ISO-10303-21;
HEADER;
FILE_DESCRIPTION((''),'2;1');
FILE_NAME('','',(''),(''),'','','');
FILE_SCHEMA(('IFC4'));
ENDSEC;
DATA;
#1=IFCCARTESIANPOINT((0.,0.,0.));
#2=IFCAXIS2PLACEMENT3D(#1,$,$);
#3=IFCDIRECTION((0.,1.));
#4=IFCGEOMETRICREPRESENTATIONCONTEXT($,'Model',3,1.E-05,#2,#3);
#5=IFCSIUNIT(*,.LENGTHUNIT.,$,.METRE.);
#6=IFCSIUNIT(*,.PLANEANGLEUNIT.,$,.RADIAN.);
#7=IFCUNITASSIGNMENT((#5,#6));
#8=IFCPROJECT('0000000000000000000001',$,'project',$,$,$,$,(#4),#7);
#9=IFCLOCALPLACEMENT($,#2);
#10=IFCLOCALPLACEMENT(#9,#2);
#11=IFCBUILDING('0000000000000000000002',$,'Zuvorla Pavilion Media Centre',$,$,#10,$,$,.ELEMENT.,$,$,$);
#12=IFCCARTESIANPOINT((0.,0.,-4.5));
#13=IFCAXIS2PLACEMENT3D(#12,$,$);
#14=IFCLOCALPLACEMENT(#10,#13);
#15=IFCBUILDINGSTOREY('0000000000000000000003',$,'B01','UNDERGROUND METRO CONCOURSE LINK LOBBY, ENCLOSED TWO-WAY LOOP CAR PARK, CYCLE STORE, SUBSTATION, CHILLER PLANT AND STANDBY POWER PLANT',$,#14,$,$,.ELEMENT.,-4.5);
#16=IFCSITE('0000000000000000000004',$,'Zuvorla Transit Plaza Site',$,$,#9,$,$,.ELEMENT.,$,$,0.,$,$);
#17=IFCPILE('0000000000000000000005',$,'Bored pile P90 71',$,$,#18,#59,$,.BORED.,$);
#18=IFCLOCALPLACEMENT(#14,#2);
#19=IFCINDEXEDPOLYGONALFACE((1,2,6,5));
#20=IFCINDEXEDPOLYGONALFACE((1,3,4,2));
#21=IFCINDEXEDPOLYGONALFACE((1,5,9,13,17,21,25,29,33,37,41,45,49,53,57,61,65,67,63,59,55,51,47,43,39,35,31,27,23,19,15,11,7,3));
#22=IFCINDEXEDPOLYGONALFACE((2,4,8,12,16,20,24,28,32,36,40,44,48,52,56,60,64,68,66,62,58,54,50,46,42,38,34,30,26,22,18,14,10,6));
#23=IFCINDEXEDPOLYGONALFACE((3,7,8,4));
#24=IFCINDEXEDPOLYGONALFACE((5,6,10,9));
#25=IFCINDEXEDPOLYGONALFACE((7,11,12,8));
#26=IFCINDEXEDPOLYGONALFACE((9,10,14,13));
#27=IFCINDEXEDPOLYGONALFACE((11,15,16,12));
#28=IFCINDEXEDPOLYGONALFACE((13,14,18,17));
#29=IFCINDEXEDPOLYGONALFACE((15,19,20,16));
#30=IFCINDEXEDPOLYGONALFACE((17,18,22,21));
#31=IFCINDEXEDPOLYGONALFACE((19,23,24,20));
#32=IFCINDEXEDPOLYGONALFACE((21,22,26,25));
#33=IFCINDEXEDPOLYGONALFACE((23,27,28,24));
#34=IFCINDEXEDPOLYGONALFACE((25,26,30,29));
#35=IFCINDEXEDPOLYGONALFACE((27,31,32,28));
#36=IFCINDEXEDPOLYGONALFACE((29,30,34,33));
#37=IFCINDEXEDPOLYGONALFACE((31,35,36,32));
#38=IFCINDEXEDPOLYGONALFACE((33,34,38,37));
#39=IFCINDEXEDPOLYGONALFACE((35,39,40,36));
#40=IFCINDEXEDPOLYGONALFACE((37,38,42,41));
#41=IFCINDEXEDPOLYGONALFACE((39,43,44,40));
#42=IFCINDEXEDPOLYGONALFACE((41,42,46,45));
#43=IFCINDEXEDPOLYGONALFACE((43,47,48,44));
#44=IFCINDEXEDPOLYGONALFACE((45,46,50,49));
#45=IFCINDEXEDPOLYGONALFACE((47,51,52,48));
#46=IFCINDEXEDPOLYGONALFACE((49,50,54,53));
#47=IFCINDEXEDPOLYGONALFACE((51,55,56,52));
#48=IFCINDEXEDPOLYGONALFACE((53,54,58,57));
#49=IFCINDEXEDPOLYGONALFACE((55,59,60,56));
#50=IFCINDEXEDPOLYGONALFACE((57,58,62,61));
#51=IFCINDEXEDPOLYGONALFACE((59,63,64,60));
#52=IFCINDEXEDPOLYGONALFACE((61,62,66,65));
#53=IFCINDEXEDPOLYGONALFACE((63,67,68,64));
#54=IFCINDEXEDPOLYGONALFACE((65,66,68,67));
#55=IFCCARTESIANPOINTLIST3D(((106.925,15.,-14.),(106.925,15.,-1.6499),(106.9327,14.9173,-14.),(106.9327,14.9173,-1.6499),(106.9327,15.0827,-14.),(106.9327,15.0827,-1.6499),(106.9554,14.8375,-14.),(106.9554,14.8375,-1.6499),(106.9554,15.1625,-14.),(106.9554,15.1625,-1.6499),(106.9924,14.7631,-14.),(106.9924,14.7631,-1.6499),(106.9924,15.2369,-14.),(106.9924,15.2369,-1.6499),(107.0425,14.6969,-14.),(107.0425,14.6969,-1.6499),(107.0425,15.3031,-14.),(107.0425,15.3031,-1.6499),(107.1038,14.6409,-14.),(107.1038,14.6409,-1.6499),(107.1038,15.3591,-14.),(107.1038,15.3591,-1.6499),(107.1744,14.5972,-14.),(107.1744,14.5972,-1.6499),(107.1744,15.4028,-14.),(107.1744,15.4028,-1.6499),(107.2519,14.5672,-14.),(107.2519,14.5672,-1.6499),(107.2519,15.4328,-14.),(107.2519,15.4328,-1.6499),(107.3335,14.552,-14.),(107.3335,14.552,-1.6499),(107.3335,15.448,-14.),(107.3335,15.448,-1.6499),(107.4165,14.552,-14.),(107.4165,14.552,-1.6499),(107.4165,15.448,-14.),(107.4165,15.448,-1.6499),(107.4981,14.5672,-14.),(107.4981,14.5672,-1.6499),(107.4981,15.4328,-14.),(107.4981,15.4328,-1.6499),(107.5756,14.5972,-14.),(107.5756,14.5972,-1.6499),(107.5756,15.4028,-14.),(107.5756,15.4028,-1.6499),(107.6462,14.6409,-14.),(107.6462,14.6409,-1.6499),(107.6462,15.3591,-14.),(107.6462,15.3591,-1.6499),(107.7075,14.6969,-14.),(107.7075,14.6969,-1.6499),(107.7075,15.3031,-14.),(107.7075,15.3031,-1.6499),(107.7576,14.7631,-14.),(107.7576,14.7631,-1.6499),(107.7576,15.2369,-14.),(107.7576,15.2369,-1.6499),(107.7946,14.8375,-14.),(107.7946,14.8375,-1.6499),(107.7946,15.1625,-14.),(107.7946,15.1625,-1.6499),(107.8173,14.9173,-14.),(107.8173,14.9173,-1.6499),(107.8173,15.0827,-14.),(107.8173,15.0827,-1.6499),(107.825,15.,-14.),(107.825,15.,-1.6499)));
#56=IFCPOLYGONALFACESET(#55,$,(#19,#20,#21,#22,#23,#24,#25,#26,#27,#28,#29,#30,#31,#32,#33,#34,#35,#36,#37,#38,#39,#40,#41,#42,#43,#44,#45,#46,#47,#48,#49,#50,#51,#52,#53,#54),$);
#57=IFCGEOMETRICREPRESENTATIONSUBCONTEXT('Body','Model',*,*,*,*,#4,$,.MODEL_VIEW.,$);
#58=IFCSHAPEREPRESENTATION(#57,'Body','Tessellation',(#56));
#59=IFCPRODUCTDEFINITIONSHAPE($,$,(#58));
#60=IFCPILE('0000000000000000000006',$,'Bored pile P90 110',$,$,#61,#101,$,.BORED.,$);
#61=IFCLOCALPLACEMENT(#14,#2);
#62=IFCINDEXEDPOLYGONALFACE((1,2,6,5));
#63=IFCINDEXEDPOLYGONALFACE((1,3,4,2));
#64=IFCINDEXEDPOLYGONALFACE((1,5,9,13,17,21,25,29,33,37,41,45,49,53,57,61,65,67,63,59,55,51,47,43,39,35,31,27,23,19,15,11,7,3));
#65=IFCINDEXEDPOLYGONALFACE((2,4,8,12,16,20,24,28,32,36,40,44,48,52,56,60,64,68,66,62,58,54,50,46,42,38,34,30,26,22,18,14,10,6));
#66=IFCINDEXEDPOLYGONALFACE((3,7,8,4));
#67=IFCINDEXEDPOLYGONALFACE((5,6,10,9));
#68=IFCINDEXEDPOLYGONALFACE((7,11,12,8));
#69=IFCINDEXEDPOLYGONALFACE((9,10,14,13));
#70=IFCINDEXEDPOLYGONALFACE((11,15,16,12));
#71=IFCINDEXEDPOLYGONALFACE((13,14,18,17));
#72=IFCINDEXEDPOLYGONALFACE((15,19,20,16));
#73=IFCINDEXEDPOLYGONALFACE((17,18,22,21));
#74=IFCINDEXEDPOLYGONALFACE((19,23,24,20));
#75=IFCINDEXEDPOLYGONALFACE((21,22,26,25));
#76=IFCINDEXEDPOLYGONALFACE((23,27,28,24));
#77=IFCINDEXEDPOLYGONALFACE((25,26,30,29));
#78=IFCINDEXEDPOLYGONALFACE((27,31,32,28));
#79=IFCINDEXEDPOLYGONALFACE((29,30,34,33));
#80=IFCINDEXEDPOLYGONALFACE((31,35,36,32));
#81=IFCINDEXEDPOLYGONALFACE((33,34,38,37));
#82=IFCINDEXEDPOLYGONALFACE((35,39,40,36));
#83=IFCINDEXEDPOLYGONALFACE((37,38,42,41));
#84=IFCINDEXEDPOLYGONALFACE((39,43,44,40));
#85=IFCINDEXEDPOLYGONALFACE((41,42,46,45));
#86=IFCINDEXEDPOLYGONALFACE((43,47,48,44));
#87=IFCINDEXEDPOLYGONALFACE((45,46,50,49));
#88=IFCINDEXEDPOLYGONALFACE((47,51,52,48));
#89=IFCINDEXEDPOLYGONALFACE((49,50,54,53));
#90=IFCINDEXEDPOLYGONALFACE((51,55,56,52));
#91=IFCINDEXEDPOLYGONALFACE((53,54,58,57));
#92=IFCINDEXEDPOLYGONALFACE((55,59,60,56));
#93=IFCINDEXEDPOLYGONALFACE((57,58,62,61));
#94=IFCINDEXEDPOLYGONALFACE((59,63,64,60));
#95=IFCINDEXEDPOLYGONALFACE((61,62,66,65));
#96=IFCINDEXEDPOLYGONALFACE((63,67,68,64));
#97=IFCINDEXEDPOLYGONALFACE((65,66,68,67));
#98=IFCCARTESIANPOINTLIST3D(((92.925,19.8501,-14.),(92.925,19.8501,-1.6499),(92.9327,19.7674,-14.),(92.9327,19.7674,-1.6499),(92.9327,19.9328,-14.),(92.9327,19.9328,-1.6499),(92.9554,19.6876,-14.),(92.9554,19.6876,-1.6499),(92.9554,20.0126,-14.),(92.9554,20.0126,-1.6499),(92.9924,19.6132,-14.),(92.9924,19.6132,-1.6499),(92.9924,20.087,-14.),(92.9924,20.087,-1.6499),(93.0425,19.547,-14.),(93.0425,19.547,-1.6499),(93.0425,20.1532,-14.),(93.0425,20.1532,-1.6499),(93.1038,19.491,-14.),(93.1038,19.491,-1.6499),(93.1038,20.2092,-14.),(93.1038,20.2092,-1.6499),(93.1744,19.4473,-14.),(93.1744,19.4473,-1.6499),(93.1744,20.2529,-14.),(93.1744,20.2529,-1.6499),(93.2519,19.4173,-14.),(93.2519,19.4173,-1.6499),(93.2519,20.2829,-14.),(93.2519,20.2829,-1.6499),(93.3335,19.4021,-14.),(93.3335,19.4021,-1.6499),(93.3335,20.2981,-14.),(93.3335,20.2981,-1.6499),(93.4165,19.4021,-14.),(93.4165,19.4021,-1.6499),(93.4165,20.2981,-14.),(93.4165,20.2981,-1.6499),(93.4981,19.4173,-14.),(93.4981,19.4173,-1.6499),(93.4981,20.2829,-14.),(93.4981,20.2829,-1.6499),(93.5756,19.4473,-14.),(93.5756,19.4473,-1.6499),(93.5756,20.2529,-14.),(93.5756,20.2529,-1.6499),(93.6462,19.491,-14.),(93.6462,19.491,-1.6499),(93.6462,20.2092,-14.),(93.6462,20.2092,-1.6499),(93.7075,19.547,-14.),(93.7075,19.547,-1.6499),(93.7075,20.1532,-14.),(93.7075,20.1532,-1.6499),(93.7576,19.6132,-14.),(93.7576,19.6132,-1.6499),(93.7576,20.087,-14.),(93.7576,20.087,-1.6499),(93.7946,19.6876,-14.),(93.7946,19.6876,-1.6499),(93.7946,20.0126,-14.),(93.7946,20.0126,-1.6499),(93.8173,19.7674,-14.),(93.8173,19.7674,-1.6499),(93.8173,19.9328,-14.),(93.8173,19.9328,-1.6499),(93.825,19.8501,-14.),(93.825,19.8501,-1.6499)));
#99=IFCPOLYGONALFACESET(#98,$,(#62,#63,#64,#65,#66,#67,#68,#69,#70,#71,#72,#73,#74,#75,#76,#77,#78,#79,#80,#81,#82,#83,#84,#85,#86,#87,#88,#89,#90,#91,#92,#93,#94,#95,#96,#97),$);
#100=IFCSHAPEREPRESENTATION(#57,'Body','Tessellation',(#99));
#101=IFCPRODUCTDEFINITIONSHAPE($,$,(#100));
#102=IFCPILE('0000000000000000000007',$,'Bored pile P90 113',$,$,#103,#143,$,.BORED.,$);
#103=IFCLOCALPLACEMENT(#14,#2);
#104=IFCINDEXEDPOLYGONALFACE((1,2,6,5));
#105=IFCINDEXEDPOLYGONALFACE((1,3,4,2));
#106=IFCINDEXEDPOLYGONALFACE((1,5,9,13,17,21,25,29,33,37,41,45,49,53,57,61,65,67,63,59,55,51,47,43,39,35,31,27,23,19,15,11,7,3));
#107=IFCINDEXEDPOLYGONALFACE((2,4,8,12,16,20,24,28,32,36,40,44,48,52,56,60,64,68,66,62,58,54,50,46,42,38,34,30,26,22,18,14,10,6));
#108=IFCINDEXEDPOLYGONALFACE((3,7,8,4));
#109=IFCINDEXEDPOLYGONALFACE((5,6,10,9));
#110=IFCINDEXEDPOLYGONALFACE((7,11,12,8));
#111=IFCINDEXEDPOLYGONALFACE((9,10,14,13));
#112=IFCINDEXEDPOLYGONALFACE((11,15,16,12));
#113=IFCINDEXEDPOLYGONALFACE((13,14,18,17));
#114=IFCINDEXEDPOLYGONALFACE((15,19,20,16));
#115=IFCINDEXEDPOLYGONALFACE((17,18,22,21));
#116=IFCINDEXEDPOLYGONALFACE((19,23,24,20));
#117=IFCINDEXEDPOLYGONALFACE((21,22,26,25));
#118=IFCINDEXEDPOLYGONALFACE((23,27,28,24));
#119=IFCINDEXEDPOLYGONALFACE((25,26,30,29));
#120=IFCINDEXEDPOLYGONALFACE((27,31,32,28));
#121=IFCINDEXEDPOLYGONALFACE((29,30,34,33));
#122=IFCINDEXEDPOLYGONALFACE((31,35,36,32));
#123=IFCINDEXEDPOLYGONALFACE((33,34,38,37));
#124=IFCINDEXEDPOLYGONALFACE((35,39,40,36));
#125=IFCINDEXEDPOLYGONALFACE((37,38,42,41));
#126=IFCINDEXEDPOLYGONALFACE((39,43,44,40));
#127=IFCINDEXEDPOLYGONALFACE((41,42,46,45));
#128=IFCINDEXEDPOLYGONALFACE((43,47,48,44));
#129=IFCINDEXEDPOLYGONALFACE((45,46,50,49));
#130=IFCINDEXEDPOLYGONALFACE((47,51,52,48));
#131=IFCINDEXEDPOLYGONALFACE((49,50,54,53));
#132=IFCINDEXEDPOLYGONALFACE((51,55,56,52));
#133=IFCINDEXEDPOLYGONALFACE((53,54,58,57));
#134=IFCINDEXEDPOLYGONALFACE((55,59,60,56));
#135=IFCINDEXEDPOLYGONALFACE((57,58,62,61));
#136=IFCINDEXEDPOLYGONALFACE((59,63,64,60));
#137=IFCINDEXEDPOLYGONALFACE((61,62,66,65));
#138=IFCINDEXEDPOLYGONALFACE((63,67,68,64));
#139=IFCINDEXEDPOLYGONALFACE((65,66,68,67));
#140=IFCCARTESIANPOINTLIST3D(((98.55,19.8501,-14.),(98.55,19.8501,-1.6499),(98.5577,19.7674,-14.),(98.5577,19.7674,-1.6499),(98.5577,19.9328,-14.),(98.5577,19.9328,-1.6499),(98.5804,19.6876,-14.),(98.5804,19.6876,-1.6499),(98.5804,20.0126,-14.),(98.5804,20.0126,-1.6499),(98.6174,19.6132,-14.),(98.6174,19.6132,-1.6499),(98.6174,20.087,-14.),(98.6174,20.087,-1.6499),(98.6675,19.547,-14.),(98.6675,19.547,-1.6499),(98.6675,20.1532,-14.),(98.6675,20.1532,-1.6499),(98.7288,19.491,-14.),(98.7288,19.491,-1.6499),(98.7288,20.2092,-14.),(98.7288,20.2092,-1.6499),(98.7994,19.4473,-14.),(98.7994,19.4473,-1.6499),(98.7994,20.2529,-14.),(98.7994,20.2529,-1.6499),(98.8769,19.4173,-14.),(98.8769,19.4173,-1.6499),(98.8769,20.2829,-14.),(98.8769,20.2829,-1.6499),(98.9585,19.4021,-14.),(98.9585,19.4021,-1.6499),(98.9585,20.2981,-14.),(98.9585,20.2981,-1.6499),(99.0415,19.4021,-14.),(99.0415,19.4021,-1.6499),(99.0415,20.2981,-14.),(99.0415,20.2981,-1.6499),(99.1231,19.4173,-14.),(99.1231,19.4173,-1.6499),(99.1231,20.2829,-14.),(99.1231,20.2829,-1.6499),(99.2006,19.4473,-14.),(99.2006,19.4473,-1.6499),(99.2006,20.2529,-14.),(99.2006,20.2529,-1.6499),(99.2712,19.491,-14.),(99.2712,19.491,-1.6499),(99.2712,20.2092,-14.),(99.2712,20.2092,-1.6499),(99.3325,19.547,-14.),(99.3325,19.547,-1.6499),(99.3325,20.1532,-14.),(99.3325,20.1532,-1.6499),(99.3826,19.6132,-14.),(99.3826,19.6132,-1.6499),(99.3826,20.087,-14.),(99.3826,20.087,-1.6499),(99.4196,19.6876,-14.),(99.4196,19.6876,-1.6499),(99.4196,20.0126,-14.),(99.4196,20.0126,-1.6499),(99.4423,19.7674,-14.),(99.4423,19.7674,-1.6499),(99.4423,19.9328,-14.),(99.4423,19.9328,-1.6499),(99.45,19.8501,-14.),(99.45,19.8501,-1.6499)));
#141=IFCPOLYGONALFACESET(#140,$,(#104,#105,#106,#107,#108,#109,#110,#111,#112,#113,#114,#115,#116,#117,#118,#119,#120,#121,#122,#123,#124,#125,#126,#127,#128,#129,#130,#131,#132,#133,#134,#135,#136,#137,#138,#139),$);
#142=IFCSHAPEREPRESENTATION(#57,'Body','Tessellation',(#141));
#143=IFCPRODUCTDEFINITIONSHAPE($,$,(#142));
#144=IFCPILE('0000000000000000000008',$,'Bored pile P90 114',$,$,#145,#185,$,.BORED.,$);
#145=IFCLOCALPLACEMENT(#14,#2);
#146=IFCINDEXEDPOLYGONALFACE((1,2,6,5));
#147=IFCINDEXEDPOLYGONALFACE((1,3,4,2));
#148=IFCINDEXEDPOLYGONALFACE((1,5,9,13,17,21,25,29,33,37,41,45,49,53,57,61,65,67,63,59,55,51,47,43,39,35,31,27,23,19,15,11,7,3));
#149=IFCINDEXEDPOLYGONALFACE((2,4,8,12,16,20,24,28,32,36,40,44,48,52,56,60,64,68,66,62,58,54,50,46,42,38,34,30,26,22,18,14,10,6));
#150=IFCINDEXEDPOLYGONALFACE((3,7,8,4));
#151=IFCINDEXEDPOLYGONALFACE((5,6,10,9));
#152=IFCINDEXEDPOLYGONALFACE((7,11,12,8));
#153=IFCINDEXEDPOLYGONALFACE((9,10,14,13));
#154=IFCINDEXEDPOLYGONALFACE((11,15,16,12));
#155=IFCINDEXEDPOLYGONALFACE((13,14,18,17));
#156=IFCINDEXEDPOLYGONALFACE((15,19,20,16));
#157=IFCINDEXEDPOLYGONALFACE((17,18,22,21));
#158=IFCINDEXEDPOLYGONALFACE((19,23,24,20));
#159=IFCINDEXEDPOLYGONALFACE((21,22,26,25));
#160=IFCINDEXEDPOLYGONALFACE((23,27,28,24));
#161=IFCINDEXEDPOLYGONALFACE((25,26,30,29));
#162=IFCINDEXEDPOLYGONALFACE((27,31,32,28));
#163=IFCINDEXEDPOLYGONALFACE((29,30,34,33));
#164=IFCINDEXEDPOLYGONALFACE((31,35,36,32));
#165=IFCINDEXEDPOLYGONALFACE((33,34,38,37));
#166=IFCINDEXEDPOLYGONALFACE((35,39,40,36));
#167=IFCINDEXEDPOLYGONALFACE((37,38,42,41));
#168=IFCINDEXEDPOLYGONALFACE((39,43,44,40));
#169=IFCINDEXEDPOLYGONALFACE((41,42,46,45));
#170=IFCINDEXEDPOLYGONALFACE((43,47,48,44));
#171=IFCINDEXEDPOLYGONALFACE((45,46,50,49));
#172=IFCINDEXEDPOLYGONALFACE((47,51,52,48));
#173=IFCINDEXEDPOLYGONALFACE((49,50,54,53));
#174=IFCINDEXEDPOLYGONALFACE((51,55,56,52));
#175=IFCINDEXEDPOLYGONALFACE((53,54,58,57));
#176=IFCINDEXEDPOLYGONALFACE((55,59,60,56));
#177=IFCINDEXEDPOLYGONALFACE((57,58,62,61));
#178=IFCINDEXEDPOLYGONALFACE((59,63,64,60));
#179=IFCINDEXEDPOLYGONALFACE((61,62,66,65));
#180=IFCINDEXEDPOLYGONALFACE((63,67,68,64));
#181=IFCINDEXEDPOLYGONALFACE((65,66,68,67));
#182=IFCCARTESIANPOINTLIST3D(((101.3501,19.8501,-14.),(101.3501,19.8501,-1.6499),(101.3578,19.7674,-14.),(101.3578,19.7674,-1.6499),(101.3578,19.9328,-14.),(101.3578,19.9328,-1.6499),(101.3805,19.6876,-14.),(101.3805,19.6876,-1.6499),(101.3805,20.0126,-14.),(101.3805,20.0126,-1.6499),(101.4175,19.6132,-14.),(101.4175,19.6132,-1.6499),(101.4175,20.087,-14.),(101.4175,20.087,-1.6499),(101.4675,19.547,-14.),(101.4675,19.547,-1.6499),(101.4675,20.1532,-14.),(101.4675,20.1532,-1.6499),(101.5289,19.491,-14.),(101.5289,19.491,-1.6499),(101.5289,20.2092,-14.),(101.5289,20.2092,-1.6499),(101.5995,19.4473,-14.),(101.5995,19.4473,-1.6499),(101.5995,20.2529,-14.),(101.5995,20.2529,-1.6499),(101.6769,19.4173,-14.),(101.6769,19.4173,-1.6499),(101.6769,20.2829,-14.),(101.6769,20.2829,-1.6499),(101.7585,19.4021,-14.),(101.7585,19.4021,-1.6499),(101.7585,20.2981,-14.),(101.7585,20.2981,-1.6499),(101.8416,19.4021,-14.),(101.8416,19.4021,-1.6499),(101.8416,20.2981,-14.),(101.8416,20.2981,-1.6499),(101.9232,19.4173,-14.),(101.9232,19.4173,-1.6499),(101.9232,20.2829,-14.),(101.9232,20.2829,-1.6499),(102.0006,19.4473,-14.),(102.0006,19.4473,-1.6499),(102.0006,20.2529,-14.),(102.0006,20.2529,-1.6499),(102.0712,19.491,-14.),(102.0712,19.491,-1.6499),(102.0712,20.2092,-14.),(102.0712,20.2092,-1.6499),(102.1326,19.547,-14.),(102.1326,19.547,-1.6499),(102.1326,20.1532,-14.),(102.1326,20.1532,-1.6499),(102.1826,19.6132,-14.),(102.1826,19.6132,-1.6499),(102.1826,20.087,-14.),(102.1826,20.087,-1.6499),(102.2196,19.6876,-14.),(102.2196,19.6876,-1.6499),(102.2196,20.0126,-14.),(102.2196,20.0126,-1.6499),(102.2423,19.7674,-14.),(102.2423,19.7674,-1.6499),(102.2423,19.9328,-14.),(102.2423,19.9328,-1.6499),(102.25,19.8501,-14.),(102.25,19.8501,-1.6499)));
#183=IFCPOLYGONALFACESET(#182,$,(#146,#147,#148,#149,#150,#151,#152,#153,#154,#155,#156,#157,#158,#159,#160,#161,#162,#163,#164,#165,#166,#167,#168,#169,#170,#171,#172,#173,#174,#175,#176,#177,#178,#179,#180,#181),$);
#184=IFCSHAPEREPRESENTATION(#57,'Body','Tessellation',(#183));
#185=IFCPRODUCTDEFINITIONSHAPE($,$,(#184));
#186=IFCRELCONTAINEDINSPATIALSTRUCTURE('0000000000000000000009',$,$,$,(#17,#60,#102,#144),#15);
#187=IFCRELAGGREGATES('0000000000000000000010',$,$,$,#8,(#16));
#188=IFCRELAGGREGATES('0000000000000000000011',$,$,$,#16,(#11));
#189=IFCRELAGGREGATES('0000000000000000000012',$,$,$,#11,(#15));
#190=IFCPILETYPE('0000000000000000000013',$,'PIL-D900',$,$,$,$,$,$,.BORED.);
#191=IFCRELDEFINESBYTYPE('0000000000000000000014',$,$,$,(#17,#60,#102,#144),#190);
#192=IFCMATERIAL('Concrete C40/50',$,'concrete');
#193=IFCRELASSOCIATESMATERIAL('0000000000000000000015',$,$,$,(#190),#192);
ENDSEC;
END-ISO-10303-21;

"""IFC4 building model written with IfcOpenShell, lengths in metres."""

from ifc_helpers import new_model, si_unit, direction, frame, origin, origin_2d, place, context, subcontext, project, spatial, circle, extrude, material, material_profile, profile_set, type_object, element, save


model = new_model("IFC4")

# Units and contexts
model_context = context("Model", 3, precision=1e-05, world=origin(), true_north=direction((0.0, 1.0)))
body_context = subcontext(model_context, "Body", "Model", "MODEL_VIEW")
ifc_project = project(units=[si_unit("LENGTHUNIT", "METRE"), si_unit("PLANEANGLEUNIT", "RADIAN")], contexts=[model_context])

# Site, building, storey
site_placement = place(None, origin())
site = spatial("IfcSite", under=ifc_project, at=site_placement, Name="Zuvorla Transit Plaza Site", CompositionType="ELEMENT", RefElevation=0.0)
building_placement = place(site_placement, origin())
building = spatial("IfcBuilding", under=site, at=building_placement, Name="Zuvorla Pavilion Media Centre", CompositionType="ELEMENT")
storey_placement = place(building_placement, frame((0.0, 0.0, -4.5)))
storey = spatial("IfcBuildingStorey", under=building, at=storey_placement, Name="B01", Description="UNDERGROUND METRO CONCOURSE LINK LOBBY, ENCLOSED TWO-WAY LOOP CAR PARK, CYCLE STORE, SUBSTATION, CHILLER PLANT AND STANDBY POWER PLANT", CompositionType="ELEMENT", Elevation=-4.5)

# Shared definitions
ifc_material_1 = material(Name="Concrete C40/50", Category="concrete")

# Piles
ifc_material_profile_1 = material_profile(ifc_material_1, circle(Radius=0.45, at=origin_2d()), Name="BORED PILE 900")
ifc_profile_set_1 = profile_set([ifc_material_profile_1], Name="Concrete C40/50")
pile_type = type_object("IfcPileType", Name="PIL-D900", PredefinedType="BORED", material=ifc_profile_set_1)
for number, where, z_axis, x_axis, name in (
    (1, (107.375, 15.0, -1.6499), (0.0, 0.0, -1.0), (1.0, 0.0, 0.0), "Bored pile P90 71"),
    (2, (93.375, 19.8501, -1.6499), (0.0, 0.0, -1.0), (1.0, 0.0, 0.0), "Bored pile P90 110"),
    (3, (99.0, 19.8501, -1.6499), (0.0, 0.0, -1.0), (1.0, 0.0, 0.0), "Bored pile P90 113"),
    (4, (101.8, 19.8501, -1.6499), (0.0, 0.0, -1.0), (1.0, 0.0, 0.0), "Bored pile P90 114"),
):
    element("IfcPile", number, at=place(storey_placement, frame(where, z_axis=z_axis, x_axis=x_axis)), inside=storey, type_object=pile_type, Name=name, PredefinedType="BORED", context=body_context, shape_type="SweptSolid", body=[
        extrude(circle(Radius=0.45, at=origin_2d()), origin(), (0.0, 0.0, 1.0), 12.3501),
    ])

save(model, "model.ifc")
